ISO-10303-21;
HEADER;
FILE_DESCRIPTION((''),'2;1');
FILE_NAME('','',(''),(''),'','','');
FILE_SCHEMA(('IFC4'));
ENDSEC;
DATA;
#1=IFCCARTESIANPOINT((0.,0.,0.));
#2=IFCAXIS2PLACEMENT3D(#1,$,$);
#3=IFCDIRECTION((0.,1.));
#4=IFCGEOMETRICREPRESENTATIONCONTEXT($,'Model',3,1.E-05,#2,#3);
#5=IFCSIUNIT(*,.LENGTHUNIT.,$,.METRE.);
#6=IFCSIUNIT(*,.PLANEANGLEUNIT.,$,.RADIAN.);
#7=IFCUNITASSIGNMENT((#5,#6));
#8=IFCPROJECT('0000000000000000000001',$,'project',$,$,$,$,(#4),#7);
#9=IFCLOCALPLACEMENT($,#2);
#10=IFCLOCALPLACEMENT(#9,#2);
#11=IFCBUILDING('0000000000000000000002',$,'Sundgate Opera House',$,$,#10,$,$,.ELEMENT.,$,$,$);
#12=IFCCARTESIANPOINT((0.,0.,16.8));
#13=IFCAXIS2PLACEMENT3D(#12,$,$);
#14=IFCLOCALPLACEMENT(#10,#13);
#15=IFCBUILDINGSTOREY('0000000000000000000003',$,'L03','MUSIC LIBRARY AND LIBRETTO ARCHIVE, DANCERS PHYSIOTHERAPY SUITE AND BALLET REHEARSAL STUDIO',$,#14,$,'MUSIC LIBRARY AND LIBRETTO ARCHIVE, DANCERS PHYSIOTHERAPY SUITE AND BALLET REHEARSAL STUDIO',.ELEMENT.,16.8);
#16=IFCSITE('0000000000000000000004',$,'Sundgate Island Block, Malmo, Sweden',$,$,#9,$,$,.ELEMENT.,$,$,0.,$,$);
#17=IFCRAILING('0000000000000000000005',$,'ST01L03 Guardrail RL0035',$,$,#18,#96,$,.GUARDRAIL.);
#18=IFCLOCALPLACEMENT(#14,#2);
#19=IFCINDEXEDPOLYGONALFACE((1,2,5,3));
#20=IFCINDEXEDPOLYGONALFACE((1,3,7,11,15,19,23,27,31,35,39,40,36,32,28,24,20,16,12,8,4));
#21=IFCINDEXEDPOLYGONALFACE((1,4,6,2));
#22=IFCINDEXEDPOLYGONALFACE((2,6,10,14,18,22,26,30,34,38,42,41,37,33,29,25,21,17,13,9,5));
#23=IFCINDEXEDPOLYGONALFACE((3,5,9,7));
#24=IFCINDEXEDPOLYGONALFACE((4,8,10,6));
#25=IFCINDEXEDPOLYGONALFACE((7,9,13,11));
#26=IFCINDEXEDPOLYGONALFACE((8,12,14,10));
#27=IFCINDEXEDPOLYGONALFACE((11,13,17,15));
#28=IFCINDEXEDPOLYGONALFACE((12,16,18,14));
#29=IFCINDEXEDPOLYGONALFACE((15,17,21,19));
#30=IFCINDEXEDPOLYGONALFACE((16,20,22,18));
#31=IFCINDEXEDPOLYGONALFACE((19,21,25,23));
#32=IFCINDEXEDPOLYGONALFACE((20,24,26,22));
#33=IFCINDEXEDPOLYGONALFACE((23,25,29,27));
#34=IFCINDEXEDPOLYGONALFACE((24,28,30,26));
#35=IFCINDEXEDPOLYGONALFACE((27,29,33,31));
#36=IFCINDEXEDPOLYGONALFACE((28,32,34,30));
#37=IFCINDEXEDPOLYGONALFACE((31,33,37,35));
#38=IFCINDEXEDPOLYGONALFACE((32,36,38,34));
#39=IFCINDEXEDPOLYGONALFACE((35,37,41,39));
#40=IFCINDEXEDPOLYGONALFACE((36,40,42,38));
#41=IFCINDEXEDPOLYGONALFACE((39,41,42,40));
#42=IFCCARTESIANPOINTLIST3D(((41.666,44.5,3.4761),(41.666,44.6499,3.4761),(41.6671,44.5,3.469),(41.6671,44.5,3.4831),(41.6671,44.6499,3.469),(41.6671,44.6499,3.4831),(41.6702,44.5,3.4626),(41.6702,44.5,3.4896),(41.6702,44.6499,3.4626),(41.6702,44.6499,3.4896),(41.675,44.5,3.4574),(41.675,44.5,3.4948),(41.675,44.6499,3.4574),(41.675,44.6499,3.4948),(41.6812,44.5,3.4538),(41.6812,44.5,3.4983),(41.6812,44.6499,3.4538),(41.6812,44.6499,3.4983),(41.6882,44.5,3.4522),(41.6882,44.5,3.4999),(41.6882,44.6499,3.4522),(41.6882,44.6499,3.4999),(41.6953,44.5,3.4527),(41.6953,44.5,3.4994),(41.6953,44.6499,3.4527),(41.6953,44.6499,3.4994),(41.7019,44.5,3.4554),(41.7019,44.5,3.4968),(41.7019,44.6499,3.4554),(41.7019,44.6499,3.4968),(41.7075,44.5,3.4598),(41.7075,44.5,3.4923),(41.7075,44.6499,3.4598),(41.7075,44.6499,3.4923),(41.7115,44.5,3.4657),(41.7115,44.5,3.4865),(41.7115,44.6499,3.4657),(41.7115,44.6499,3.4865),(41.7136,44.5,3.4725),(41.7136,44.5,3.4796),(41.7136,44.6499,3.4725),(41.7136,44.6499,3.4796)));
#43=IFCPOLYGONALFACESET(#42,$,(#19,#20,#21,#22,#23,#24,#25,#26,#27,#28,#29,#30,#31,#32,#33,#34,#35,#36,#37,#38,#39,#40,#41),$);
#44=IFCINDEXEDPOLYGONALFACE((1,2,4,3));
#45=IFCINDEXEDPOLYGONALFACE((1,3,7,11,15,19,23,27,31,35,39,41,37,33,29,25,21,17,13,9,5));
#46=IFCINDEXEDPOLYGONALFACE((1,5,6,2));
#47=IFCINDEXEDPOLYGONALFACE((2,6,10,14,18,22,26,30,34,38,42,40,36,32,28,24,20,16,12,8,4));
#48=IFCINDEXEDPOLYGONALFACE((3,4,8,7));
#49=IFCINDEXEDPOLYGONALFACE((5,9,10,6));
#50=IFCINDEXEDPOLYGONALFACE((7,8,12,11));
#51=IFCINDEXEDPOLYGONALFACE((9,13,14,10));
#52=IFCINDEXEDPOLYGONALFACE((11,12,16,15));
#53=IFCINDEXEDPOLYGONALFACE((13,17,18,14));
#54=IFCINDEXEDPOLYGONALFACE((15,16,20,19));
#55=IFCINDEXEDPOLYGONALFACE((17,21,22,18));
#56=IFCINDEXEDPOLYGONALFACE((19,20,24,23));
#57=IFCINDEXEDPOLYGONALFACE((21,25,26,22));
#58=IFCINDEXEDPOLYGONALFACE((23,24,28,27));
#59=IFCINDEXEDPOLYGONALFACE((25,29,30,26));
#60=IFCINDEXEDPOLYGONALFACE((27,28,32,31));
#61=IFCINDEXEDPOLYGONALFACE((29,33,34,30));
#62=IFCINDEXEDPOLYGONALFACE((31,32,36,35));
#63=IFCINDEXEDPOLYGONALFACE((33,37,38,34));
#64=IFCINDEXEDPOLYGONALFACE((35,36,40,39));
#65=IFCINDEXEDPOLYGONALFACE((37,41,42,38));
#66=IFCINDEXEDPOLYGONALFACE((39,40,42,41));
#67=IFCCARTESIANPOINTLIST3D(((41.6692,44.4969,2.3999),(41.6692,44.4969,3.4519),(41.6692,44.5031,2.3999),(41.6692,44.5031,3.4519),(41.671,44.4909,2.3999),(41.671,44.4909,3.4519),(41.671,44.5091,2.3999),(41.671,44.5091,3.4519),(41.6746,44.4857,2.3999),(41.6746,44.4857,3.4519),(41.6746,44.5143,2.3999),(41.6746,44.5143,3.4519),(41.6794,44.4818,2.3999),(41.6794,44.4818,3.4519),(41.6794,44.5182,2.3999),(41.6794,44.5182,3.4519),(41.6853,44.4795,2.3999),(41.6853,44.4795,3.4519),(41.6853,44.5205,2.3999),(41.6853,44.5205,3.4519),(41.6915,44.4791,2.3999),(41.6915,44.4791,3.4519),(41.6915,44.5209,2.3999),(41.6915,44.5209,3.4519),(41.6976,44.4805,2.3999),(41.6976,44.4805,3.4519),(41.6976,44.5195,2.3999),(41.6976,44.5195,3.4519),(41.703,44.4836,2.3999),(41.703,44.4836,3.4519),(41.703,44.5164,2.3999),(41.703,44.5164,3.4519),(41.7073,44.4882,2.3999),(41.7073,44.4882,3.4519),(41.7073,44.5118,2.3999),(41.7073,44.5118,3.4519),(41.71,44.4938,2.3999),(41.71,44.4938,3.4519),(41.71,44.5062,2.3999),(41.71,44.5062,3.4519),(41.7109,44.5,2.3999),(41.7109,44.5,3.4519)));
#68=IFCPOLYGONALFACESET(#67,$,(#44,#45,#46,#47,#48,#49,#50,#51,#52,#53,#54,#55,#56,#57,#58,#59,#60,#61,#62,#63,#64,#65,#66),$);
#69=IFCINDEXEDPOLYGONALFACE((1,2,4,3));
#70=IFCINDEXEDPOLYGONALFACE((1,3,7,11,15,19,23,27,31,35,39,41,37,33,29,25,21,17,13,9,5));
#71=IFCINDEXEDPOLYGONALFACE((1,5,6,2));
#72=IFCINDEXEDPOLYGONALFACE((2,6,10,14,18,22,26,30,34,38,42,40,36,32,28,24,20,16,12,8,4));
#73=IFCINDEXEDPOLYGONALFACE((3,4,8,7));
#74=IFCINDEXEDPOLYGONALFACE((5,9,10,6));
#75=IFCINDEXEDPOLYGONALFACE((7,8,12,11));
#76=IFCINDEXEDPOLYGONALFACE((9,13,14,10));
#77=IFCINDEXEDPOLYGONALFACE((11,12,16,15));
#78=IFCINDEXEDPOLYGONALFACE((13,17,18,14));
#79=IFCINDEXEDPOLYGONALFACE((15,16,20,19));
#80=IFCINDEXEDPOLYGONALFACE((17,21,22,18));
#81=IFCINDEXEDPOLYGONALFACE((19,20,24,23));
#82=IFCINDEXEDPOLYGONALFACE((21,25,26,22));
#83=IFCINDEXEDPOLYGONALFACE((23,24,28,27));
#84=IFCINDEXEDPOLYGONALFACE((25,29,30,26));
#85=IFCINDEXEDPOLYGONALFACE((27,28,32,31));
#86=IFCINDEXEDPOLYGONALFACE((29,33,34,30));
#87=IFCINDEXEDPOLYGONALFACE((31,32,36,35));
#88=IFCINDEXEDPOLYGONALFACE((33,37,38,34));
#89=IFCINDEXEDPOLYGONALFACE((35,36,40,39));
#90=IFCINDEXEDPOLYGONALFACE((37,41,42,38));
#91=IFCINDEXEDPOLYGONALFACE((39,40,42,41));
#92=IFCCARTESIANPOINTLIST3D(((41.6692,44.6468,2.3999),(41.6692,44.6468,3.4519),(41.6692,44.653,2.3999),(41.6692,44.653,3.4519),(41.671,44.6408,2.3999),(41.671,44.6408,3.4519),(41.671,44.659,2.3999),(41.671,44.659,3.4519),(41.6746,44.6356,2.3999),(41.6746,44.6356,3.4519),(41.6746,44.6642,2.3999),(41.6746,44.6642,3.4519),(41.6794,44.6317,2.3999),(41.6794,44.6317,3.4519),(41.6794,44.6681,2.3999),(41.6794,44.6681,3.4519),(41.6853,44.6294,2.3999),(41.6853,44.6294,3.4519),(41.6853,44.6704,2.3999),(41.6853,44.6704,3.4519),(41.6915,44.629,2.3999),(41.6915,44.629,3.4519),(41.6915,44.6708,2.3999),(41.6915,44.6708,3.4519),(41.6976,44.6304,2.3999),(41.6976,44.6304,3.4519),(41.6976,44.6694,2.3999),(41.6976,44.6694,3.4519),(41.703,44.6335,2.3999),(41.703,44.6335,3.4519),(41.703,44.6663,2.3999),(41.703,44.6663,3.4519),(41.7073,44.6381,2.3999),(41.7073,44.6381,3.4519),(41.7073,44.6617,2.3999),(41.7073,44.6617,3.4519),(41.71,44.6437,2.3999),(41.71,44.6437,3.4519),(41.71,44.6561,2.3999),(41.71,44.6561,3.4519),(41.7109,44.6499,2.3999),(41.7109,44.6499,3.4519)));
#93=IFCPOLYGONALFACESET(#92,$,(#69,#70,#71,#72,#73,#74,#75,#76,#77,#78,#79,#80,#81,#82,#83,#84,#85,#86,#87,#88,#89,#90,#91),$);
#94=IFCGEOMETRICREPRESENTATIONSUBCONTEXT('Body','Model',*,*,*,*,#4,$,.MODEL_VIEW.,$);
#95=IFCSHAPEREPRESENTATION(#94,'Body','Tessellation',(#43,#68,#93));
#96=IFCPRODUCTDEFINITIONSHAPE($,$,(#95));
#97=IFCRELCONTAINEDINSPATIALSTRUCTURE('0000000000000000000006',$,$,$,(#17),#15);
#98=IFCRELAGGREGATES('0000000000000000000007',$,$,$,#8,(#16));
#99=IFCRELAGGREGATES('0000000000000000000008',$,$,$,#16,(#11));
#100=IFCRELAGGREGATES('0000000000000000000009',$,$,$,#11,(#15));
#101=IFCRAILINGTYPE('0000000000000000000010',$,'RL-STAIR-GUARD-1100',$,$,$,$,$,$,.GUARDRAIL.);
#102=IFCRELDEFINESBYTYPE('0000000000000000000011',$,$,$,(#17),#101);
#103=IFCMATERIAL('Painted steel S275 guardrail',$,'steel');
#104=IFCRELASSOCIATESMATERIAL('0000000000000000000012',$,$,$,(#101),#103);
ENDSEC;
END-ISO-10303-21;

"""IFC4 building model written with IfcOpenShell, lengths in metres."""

from ifc_helpers import new_model, si_unit, direction, frame, origin, origin_2d, place, context, subcontext, project, spatial, circle, extrude, material, type_object, element, save


model = new_model("IFC4")

# Units and contexts
model_context = context("Model", 3, precision=1e-05, world=origin(), true_north=direction((0.0, 1.0)))
body_context = subcontext(model_context, "Body", "Model", "MODEL_VIEW")
ifc_project = project(units=[si_unit("LENGTHUNIT", "METRE"), si_unit("PLANEANGLEUNIT", "RADIAN")], contexts=[model_context])

# Site, building, storey
site_placement = place(None, origin())
site = spatial("IfcSite", under=ifc_project, at=site_placement, Name="Sundgate Island Block, Malmo, Sweden", CompositionType="ELEMENT", RefElevation=0.0)
building_placement = place(site_placement, origin())
building = spatial("IfcBuilding", under=site, at=building_placement, Name="Sundgate Opera House", CompositionType="ELEMENT")
storey_placement = place(building_placement, frame((0.0, 0.0, 16.8)))
storey = spatial("IfcBuildingStorey", under=building, at=storey_placement, Name="L03", Description="MUSIC LIBRARY AND LIBRETTO ARCHIVE, DANCERS PHYSIOTHERAPY SUITE AND BALLET REHEARSAL STUDIO", LongName="MUSIC LIBRARY AND LIBRETTO ARCHIVE, DANCERS PHYSIOTHERAPY SUITE AND BALLET REHEARSAL STUDIO", CompositionType="ELEMENT", Elevation=16.8)

# Railing
ifc_material_1 = material(Name="Painted steel S275 guardrail", Category="steel")
railing_type_1 = type_object("IfcRailingType", Name="RL-STAIR-GUARD-1100", PredefinedType="GUARDRAIL", material=ifc_material_1)
railing_1_placement = place(storey_placement, frame((41.6899, 44.5, 2.3999)))
element("IfcRailing", 1, at=railing_1_placement, inside=storey, type_object=railing_type_1, Name="ST01L03 Guardrail RL0035", PredefinedType="GUARDRAIL", context=body_context, shape_type="SweptSolid", body=[
    extrude(circle(Radius=0.0239, at=origin_2d()), frame((0.0, 0.0, 1.0762), z_axis=(0.0, 1.0, 0.0), x_axis=(-1.0, 0.0, 0.0)), (0.0, 0.0, 1.0), 0.1499),
    extrude(circle(Radius=0.021, at=origin_2d()), origin(), (0.0, 0.0, 1.0), 1.052),
    extrude(circle(Radius=0.021, at=origin_2d()), frame((0.0, 0.1499, 0.0)), (0.0, 0.0, 1.0), 1.052),
])

save(model, "model.ifc")
